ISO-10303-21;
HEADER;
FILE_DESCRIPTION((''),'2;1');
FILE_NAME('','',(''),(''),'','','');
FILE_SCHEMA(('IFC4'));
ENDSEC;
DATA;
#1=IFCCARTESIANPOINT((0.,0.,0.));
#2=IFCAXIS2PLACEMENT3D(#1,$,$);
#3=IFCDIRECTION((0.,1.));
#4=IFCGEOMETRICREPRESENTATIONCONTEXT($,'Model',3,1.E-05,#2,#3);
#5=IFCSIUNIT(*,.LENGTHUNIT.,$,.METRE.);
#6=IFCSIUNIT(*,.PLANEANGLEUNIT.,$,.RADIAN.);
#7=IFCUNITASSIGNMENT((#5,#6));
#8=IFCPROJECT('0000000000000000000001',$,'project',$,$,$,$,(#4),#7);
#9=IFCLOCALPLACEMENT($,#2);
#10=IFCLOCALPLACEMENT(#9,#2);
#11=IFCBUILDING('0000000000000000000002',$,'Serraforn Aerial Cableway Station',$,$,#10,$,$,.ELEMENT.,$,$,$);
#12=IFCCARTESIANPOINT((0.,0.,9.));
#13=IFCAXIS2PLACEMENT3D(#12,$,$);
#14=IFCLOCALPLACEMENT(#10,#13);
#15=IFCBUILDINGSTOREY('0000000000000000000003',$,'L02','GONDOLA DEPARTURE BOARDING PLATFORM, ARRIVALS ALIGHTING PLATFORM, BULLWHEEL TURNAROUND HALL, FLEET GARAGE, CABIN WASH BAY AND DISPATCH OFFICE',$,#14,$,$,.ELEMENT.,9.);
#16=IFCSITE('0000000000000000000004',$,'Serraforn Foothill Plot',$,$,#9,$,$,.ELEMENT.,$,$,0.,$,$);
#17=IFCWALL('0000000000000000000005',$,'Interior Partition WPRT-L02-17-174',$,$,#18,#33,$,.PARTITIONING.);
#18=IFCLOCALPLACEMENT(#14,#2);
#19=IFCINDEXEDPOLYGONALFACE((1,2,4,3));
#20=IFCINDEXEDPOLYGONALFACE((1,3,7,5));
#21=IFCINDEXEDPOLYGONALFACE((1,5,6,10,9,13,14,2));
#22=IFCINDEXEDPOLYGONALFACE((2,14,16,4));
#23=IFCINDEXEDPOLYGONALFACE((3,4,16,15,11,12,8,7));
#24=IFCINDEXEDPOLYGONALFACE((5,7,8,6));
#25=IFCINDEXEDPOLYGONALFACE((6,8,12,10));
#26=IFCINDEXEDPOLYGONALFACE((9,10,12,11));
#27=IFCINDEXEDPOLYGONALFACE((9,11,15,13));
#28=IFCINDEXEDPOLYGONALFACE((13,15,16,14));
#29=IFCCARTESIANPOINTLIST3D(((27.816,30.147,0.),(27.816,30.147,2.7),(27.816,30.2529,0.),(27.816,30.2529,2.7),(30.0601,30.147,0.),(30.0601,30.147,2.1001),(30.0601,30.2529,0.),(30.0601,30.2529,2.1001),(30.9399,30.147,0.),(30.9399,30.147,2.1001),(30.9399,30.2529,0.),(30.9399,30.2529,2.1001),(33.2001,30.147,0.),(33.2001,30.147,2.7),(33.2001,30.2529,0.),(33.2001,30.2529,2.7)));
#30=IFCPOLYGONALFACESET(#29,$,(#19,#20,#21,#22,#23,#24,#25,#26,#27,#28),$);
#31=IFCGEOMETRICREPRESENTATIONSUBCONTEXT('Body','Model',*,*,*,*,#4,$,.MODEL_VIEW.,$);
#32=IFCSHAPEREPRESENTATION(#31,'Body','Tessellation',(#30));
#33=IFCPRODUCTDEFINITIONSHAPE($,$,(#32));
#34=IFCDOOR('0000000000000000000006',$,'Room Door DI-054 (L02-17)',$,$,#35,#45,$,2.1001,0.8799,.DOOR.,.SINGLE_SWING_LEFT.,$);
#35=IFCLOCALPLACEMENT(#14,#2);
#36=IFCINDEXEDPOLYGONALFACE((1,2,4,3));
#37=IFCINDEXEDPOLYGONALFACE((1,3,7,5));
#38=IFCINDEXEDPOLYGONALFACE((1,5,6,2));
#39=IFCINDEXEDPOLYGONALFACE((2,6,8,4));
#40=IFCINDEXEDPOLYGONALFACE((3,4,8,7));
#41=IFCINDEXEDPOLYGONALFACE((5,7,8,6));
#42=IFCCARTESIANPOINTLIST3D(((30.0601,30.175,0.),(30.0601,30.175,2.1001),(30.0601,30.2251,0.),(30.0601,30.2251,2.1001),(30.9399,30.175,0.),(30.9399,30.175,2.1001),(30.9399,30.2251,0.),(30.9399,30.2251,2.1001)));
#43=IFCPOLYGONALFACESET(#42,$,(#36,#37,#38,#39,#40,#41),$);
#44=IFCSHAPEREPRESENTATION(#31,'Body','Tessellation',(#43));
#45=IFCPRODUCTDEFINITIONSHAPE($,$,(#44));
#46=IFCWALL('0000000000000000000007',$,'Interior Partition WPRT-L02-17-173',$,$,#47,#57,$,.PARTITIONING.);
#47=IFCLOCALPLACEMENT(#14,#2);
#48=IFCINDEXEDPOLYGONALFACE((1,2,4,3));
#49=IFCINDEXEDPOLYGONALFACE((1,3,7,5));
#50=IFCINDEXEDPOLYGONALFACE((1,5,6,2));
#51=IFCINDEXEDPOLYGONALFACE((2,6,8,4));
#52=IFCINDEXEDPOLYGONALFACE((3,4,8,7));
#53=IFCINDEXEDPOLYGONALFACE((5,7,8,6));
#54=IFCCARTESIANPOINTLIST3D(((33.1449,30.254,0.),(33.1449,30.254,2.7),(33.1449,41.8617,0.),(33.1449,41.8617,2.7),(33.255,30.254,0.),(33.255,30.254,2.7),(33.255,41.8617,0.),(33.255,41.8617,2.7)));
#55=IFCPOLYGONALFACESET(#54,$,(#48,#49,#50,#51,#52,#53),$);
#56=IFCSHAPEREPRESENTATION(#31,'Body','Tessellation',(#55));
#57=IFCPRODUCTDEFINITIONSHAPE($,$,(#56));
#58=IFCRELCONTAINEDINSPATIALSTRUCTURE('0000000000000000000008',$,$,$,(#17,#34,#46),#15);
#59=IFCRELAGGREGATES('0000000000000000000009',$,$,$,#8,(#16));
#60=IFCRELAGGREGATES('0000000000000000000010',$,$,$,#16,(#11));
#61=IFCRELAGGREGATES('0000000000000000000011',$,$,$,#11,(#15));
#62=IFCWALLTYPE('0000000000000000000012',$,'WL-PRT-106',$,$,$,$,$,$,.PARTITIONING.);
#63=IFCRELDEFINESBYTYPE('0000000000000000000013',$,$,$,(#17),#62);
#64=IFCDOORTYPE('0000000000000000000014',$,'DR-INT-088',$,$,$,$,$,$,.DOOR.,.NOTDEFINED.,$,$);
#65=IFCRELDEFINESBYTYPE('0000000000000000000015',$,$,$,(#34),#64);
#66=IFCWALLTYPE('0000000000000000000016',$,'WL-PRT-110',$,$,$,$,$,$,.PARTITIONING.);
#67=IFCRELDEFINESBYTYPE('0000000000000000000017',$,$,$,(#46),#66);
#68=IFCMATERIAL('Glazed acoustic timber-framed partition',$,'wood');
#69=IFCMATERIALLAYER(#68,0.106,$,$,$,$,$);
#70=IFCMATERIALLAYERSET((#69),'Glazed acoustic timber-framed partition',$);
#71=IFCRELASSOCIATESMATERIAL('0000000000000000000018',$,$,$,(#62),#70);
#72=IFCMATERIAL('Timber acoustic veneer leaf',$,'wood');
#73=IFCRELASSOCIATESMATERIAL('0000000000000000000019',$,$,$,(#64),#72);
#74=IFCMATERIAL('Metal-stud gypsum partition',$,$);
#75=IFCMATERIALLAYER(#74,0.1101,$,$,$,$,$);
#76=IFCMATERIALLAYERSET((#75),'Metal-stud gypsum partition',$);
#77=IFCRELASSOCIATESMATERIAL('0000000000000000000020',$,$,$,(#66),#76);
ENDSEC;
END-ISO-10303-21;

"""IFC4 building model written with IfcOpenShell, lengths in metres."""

from ifc_helpers import new_model, si_unit, direction, frame, frame_2d, origin, place, context, subcontext, project, spatial, rectangle, extrude, material, layer, layer_set, type_object, element, fill, save


model = new_model("IFC4")

# Units and contexts
model_context = context("Model", 3, precision=1e-05, world=origin(), true_north=direction((0.0, 1.0)))
body_context = subcontext(model_context, "Body", "Model", "MODEL_VIEW")
ifc_project = project(units=[si_unit("LENGTHUNIT", "METRE"), si_unit("PLANEANGLEUNIT", "RADIAN")], contexts=[model_context])

# Site, building, storey
site_placement = place(None, origin())
site = spatial("IfcSite", under=ifc_project, at=site_placement, Name="Serraforn Foothill Plot", CompositionType="ELEMENT", RefElevation=0.0)
building_placement = place(site_placement, origin())
building = spatial("IfcBuilding", under=site, at=building_placement, Name="Serraforn Aerial Cableway Station", CompositionType="ELEMENT")
storey_placement = place(building_placement, frame((0.0, 0.0, 9.0)))
storey = spatial("IfcBuildingStorey", under=building, at=storey_placement, Name="L02", Description="GONDOLA DEPARTURE BOARDING PLATFORM, ARRIVALS ALIGHTING PLATFORM, BULLWHEEL TURNAROUND HALL, FLEET GARAGE, CABIN WASH BAY AND DISPATCH OFFICE", CompositionType="ELEMENT", Elevation=9.0)

# Wall, opening, door
ifc_material_1 = material(Name="Glazed acoustic timber-framed partition", Category="wood")
ifc_layer_1 = layer(ifc_material_1, 0.106)
ifc_layer_set_1 = layer_set([ifc_layer_1], Name="Glazed acoustic timber-framed partition")
wall_type_1 = type_object("IfcWallType", Name="WL-PRT-106", PredefinedType="PARTITIONING", material=ifc_layer_set_1)
wall_1_placement = place(storey_placement, frame((33.2, 30.2, 0.0), z_axis=(0.0, 0.0, 1.0), x_axis=(-1.0, 0.0, 0.0)))
wall_1 = element("IfcWall", 1, at=wall_1_placement, inside=storey, type_object=wall_type_1, Name="Interior Partition WPRT-L02-17-174", PredefinedType="PARTITIONING", context=body_context, shape_type="SweptSolid", body=[
    extrude(rectangle(XDim=5.384, YDim=0.106, at=frame_2d((2.6919, 0.0))), origin(), (0.0, 0.0, 1.0), 2.7),
])
opening_1_placement = place(wall_1_placement, frame((2.26, 0.0, 0.0)))
opening_1 = element("IfcOpeningElement", 2, at=opening_1_placement, cuts=wall_1, PredefinedType="OPENING", context=body_context, shape_type="SweptSolid", body=[
    extrude(rectangle(XDim=0.8799, YDim=2.1001, at=frame_2d((0.4399, 1.05))), frame((0.0, 0.063, 0.0), z_axis=(0.0, -1.0, 0.0), x_axis=(1.0, 0.0, 0.0)), (0.0, 0.0, 1.0), 0.126),
])
ifc_material_2 = material(Name="Timber acoustic veneer leaf", Category="wood")
door_type = type_object("IfcDoorType", Name="DR-INT-088", OperationType="NOTDEFINED", PredefinedType="DOOR", material=ifc_material_2)
door_placement = place(opening_1_placement, origin())
door = element("IfcDoor", 3, at=door_placement, inside=storey, type_object=door_type, Name="Room Door DI-054 (L02-17)", OperationType="SINGLE_SWING_LEFT", OverallHeight=2.1001, OverallWidth=0.8799, PredefinedType="DOOR", context=body_context, shape_type="SweptSolid", body=[
    extrude(rectangle(XDim=0.8799, YDim=2.1001, at=frame_2d((0.4399, 1.05))), frame((0.0, 0.0249, 0.0), z_axis=(0.0, -1.0, 0.0), x_axis=(1.0, 0.0, 0.0)), (0.0, 0.0, 1.0), 0.05),
])
fill(opening_1, door)

# Wall
ifc_material_3 = material(Name="Metal-stud gypsum partition")
ifc_layer_2 = layer(ifc_material_3, 0.1101)
ifc_layer_set_2 = layer_set([ifc_layer_2], Name="Metal-stud gypsum partition")
wall_type_2 = type_object("IfcWallType", Name="WL-PRT-110", PredefinedType="PARTITIONING", material=ifc_layer_set_2)
wall_2_placement = place(storey_placement, frame((33.2, 41.8616, 0.0), z_axis=(0.0, 0.0, 1.0), x_axis=(0.0, -1.0, 0.0)))
element("IfcWall", 4, at=wall_2_placement, inside=storey, type_object=wall_type_2, Name="Interior Partition WPRT-L02-17-173", PredefinedType="PARTITIONING", context=body_context, shape_type="SweptSolid", body=[
    extrude(rectangle(XDim=11.6077, YDim=0.1101, at=frame_2d((5.8037, 0.0))), origin(), (0.0, 0.0, 1.0), 2.7),
])

save(model, "model.ifc")
